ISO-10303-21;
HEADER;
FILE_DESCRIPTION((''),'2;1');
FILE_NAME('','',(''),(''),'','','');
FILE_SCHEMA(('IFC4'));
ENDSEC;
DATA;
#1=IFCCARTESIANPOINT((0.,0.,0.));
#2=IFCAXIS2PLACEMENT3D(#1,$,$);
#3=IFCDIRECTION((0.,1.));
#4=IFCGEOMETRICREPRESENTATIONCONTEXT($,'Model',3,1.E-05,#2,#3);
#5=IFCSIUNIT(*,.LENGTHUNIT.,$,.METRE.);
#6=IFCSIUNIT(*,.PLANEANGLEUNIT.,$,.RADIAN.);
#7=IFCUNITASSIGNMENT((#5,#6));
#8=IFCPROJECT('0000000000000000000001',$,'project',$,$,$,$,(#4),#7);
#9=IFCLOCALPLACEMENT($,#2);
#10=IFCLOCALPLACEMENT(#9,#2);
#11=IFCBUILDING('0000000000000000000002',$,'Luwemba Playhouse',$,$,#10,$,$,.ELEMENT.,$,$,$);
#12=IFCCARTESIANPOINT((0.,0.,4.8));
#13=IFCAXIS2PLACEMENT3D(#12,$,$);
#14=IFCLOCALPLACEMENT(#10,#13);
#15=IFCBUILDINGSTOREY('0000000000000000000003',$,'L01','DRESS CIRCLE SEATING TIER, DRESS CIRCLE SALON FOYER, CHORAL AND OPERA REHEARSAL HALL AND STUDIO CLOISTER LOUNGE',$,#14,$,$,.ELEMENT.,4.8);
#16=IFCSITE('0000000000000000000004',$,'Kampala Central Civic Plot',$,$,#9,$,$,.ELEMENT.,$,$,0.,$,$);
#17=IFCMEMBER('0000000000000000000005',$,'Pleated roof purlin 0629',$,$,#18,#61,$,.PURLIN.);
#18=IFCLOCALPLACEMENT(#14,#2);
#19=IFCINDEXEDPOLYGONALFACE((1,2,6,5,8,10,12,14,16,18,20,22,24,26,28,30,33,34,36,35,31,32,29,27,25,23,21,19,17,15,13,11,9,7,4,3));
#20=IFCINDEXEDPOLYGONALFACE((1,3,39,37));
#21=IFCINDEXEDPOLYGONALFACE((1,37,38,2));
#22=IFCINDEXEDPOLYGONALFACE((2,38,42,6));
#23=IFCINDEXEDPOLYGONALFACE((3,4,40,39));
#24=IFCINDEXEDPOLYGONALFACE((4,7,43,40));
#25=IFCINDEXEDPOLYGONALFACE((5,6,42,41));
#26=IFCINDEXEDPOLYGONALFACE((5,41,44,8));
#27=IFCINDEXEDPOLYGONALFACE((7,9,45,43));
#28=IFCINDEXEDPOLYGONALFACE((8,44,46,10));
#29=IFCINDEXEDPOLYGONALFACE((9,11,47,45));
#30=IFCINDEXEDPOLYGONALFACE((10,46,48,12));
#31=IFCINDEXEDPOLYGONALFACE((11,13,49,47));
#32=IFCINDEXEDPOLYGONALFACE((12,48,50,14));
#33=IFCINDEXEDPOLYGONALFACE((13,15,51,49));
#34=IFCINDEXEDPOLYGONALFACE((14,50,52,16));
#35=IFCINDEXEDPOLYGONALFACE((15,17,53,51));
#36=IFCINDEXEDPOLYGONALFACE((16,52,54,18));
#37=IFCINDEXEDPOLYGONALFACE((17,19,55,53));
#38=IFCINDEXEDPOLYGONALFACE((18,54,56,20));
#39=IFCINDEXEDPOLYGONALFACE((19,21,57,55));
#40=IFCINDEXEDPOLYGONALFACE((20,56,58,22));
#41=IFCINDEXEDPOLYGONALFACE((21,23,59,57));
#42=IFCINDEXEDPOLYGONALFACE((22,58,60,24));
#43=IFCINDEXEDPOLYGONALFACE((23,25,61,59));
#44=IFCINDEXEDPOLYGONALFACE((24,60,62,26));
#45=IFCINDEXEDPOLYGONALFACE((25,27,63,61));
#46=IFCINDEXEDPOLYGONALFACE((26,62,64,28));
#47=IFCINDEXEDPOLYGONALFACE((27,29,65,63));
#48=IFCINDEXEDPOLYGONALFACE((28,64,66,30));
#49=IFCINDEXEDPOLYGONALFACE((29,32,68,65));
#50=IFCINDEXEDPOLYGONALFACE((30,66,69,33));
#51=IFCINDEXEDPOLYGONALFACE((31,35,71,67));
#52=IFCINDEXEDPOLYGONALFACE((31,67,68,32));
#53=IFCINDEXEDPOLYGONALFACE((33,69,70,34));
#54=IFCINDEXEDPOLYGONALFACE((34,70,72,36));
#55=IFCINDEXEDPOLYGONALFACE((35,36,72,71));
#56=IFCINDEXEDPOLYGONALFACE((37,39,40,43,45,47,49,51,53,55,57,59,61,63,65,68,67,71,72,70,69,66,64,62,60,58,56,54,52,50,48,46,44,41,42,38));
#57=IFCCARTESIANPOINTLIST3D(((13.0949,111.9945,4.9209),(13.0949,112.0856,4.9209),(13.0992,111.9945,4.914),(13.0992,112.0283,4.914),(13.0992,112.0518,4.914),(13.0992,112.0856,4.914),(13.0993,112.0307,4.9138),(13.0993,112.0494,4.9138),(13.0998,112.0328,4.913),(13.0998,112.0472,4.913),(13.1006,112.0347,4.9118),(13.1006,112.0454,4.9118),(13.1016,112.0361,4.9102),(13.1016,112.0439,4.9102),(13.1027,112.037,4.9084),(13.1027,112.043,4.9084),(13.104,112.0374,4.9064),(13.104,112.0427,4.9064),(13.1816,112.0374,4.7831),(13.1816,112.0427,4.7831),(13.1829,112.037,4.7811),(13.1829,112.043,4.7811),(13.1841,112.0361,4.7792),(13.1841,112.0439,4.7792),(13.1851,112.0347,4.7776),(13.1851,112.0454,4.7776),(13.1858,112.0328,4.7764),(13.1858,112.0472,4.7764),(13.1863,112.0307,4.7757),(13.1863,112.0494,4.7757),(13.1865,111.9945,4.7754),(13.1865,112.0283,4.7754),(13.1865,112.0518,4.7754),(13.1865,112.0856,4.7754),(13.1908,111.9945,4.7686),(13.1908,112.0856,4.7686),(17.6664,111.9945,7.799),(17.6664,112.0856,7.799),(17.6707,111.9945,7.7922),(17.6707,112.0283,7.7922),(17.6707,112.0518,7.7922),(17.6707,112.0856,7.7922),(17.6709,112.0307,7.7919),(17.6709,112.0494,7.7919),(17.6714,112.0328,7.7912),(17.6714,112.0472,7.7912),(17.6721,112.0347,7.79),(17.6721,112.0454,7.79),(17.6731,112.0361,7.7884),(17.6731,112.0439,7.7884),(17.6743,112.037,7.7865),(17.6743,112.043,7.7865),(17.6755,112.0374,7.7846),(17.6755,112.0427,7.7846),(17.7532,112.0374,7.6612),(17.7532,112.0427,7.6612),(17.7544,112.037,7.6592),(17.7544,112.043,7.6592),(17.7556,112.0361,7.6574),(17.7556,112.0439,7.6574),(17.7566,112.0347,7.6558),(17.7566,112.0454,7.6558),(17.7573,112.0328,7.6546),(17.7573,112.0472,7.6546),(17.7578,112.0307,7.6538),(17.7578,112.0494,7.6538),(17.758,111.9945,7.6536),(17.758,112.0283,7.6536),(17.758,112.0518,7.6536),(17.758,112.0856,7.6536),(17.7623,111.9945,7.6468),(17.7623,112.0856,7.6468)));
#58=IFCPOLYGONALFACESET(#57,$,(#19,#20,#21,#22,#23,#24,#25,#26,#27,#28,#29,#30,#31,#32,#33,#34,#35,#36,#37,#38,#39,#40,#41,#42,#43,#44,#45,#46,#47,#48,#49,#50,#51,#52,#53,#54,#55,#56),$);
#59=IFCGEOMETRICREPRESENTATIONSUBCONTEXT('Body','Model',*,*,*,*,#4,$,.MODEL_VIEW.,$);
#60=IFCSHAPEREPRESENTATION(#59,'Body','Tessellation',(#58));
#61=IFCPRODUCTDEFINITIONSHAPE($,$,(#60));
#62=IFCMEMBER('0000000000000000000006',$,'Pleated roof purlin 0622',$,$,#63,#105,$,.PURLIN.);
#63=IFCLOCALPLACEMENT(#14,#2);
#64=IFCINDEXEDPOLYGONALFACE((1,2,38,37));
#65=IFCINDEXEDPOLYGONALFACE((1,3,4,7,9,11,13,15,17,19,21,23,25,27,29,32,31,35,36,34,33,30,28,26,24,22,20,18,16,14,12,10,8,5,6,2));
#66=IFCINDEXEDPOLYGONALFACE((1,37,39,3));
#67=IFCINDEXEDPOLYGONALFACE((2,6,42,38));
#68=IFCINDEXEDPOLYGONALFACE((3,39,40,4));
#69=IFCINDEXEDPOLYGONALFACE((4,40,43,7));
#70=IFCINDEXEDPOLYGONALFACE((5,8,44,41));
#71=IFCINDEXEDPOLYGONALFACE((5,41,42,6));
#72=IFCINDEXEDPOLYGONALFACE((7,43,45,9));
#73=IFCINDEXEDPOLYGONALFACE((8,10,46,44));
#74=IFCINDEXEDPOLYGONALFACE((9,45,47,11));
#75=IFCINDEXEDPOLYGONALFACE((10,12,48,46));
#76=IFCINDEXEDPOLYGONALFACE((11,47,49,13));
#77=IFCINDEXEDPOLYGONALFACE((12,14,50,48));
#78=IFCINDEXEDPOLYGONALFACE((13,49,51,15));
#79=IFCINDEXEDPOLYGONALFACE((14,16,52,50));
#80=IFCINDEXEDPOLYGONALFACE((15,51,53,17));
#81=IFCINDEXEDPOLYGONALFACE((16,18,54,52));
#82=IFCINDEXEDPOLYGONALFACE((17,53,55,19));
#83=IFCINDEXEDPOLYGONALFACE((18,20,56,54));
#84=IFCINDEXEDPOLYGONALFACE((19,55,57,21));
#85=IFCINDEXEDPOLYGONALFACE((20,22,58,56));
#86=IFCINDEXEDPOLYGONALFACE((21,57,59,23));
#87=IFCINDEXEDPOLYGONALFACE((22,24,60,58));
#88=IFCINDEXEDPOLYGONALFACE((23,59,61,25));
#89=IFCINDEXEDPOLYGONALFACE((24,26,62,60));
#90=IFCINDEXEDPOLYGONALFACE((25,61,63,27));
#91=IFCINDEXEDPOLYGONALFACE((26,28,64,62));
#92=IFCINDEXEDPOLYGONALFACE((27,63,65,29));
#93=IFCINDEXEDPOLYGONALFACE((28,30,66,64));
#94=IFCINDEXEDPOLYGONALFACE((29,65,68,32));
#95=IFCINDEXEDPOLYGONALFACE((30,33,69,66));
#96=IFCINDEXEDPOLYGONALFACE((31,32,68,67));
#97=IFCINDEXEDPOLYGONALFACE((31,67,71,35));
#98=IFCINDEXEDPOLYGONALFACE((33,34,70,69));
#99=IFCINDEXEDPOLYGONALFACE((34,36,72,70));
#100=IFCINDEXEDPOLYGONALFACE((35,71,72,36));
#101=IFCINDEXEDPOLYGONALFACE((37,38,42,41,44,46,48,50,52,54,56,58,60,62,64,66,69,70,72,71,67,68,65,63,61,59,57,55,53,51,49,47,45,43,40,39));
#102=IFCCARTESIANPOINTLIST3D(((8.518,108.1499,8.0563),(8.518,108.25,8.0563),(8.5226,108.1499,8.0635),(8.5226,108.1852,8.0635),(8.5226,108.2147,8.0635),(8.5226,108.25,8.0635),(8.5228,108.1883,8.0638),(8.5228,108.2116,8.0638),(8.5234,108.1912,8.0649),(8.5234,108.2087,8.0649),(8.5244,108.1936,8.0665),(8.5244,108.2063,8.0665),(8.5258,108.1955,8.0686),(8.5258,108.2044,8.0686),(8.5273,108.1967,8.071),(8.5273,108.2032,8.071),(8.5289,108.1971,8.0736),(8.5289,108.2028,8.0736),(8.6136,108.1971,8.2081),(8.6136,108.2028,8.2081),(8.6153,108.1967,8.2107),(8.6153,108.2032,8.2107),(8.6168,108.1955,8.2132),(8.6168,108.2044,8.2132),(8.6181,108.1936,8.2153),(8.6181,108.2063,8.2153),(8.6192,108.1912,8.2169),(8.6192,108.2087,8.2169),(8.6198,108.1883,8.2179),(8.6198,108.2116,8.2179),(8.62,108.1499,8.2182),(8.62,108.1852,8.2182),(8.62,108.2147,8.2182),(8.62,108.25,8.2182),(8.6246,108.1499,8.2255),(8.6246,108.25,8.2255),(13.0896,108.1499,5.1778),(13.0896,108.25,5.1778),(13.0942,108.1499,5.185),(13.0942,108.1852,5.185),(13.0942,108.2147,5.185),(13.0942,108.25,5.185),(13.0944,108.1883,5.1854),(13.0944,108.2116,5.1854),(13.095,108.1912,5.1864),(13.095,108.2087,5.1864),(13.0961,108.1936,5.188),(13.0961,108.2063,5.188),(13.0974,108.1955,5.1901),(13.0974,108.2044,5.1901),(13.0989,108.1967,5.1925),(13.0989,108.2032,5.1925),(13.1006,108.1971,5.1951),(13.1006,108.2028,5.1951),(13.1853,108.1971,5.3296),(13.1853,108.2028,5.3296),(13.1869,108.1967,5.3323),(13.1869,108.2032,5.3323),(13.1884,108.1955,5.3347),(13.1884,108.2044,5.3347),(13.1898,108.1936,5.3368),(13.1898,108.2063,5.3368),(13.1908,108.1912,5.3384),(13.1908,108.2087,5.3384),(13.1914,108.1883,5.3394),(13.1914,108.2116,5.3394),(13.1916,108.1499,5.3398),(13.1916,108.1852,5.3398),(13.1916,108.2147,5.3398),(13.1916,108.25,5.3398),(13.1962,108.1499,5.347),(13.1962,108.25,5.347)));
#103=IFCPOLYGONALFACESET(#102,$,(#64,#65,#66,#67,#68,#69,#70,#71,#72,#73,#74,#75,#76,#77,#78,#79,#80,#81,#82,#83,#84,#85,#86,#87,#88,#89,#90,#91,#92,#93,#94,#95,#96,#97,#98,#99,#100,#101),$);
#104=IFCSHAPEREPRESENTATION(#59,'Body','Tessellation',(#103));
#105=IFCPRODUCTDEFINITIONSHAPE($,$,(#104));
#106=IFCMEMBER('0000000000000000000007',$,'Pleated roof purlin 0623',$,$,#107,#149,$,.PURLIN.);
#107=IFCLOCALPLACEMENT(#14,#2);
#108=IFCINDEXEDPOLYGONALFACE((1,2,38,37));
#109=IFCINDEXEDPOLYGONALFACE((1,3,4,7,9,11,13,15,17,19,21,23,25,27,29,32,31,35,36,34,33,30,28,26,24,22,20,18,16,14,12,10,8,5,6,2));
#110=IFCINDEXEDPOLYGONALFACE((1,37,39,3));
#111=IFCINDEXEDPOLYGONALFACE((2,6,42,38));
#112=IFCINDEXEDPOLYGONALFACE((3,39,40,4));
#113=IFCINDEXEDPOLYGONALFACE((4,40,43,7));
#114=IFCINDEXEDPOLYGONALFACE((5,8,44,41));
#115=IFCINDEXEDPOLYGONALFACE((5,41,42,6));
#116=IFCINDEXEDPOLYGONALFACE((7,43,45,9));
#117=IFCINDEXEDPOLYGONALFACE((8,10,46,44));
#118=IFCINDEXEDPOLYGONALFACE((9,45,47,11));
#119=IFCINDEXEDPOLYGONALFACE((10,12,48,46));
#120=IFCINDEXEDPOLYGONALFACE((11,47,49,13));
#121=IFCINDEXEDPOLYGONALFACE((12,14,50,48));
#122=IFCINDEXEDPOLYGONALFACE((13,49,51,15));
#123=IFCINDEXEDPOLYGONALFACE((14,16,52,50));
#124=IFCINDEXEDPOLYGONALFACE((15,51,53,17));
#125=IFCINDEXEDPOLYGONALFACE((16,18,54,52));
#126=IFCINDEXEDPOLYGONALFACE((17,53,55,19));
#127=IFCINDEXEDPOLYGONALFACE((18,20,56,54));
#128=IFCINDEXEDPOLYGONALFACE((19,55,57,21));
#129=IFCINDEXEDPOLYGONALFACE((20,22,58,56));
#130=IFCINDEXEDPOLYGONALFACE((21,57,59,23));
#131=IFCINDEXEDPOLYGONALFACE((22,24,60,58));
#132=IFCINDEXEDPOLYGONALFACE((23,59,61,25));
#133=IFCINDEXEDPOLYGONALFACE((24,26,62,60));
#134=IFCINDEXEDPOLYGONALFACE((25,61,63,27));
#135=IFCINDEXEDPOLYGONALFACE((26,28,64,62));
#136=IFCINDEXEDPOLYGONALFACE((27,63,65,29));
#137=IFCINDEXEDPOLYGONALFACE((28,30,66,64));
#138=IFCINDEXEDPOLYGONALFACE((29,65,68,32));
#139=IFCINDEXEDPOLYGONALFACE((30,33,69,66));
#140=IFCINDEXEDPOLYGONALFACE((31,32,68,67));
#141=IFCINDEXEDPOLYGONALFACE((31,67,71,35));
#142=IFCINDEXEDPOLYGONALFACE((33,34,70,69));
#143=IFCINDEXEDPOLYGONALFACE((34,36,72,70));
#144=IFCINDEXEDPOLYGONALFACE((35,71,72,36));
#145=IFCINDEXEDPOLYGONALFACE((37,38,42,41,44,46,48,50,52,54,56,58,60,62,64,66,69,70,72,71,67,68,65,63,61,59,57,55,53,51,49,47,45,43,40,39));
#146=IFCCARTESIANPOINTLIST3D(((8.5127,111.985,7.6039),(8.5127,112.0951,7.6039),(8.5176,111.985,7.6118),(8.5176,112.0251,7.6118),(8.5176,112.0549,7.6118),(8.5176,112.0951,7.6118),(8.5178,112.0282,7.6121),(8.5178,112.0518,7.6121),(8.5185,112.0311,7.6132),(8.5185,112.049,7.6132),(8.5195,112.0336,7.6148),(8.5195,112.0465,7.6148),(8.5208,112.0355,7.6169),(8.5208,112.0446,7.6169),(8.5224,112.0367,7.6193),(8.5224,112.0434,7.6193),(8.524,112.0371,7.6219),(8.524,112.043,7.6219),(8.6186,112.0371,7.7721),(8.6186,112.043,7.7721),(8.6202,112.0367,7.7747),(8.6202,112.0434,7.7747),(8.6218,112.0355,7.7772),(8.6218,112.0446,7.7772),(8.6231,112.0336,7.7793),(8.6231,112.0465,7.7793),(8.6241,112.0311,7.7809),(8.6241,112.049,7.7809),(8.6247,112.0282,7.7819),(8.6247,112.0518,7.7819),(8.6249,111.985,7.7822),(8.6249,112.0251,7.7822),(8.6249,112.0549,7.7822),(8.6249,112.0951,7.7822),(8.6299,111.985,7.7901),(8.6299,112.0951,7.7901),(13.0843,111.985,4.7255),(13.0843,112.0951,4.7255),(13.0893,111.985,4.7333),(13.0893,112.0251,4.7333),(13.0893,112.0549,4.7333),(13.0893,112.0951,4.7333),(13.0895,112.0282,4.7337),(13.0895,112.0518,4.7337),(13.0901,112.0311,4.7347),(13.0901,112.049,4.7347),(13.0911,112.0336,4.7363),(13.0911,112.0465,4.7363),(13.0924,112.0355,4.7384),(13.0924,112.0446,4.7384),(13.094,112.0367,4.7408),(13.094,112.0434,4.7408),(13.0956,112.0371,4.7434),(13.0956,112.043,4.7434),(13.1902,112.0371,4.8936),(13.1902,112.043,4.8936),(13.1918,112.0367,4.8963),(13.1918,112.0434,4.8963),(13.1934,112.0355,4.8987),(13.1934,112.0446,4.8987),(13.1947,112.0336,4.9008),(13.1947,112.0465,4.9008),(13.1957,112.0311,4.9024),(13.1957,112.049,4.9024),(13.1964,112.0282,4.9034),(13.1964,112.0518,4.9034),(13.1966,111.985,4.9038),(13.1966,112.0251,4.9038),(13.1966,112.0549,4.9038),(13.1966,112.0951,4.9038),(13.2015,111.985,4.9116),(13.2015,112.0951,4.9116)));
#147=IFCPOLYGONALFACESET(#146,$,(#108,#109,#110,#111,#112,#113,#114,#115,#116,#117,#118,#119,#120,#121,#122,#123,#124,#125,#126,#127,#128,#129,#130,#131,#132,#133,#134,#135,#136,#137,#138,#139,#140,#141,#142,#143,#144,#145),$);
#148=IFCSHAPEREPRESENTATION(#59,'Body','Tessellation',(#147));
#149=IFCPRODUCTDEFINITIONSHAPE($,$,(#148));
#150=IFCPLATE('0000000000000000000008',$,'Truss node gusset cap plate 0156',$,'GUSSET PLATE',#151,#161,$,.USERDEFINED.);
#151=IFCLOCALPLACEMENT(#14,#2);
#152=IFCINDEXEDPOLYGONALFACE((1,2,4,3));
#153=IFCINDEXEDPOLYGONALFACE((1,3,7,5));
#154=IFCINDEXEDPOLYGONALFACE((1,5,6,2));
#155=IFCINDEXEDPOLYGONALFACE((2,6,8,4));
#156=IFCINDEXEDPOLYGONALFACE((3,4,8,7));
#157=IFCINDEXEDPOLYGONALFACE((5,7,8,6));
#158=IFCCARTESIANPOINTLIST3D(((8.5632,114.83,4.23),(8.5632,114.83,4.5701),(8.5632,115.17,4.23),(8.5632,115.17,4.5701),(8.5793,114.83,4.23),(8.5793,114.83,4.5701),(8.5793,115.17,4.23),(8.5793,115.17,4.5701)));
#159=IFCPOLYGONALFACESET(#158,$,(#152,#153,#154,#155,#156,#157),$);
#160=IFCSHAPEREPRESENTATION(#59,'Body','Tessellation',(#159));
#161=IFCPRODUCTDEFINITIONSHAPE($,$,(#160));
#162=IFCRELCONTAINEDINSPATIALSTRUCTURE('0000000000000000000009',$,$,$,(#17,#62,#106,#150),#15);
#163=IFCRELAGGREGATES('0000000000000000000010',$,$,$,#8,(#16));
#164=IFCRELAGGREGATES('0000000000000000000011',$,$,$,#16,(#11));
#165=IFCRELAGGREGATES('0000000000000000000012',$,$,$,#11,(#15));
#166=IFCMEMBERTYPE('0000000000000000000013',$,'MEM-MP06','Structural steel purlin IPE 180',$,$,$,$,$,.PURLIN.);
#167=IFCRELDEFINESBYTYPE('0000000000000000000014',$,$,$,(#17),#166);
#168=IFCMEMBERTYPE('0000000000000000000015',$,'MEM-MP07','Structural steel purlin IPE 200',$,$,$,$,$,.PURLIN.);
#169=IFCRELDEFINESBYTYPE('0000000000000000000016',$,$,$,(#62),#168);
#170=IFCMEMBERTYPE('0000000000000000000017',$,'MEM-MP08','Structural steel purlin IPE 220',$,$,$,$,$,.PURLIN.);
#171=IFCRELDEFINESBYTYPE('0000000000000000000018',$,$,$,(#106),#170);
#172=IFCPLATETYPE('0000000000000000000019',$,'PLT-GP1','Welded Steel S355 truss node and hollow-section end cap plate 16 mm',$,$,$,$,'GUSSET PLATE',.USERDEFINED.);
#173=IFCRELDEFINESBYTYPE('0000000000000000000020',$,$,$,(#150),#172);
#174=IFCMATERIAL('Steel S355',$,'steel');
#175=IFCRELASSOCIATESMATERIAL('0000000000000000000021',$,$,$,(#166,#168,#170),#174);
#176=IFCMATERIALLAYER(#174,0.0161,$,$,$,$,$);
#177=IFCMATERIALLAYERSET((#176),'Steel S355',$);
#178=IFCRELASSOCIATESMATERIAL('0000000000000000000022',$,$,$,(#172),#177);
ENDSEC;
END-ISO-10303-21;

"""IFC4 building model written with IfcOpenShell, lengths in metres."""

from ifc_helpers import new_model, si_unit, direction, frame, origin, origin_2d, place, context, subcontext, project, spatial, rectangle, i_section, extrude, material, layer, layer_set, material_profile, profile_set, type_object, element, save


model = new_model("IFC4")

# Units and contexts
model_context = context("Model", 3, precision=1e-05, world=origin(), true_north=direction((0.0, 1.0)))
body_context = subcontext(model_context, "Body", "Model", "MODEL_VIEW")
ifc_project = project(units=[si_unit("LENGTHUNIT", "METRE"), si_unit("PLANEANGLEUNIT", "RADIAN")], contexts=[model_context])

# Site, building, storey
site_placement = place(None, origin())
site = spatial("IfcSite", under=ifc_project, at=site_placement, Name="Kampala Central Civic Plot", CompositionType="ELEMENT", RefElevation=0.0)
building_placement = place(site_placement, origin())
building = spatial("IfcBuilding", under=site, at=building_placement, Name="Luwemba Playhouse", CompositionType="ELEMENT")
storey_placement = place(building_placement, frame((0.0, 0.0, 4.8)))
storey = spatial("IfcBuildingStorey", under=building, at=storey_placement, Name="L01", Description="DRESS CIRCLE SEATING TIER, DRESS CIRCLE SALON FOYER, CHORAL AND OPERA REHEARSAL HALL AND STUDIO CLOISTER LOUNGE", CompositionType="ELEMENT", Elevation=4.8)

# Shared definitions
ifc_material_1 = material(Name="Steel S355", Category="steel")

# Members
ifc_material_profile_1 = material_profile(ifc_material_1, i_section(OverallWidth=0.0911, OverallDepth=0.1799, WebThickness=0.0054, FlangeThickness=0.0081, FilletRadius=0.009, at=origin_2d()))
ifc_profile_set_1 = profile_set([ifc_material_profile_1], Name="Steel S355")
member_type_1 = type_object("IfcMemberType", Name="MEM-MP06", Description="Structural steel purlin IPE 180", PredefinedType="PURLIN", material=ifc_profile_set_1)
member_1_placement = place(storey_placement, frame((13.1428, 112.04, 4.8447), z_axis=(0.846249, 0.0, 0.532787), x_axis=(0.0, 1.0, 0.0)))
element("IfcMember", 1, at=member_1_placement, inside=storey, type_object=member_type_1, Name="Pleated roof purlin 0629", PredefinedType="PURLIN", context=body_context, shape_type="SweptSolid", body=[
    extrude(i_section(OverallWidth=0.0911, OverallDepth=0.1799, WebThickness=0.0054, FlangeThickness=0.0081, FilletRadius=0.009, at=origin_2d()), origin(), (0.0, 0.0, 1.0), 5.4021),
])
ifc_material_profile_2 = material_profile(ifc_material_1, i_section(OverallWidth=0.1001, OverallDepth=0.2, WebThickness=0.0056, FlangeThickness=0.0085, FilletRadius=0.012, at=origin_2d()))
ifc_profile_set_2 = profile_set([ifc_material_profile_2], Name="Steel S355")
member_type_2 = type_object("IfcMemberType", Name="MEM-MP07", Description="Structural steel purlin IPE 200", PredefinedType="PURLIN", material=ifc_profile_set_2)
member_2_placement = place(storey_placement, frame((8.5713, 108.2, 8.1409), z_axis=(0.846229, 0.0, -0.532819), x_axis=(0.0, 1.0, 0.0)))
element("IfcMember", 2, at=member_2_placement, inside=storey, type_object=member_type_2, Name="Pleated roof purlin 0622", PredefinedType="PURLIN", context=body_context, shape_type="SweptSolid", body=[
    extrude(i_section(OverallWidth=0.1001, OverallDepth=0.2, WebThickness=0.0056, FlangeThickness=0.0085, FilletRadius=0.012, at=origin_2d()), origin(), (0.0, 0.0, 1.0), 5.4023),
])
ifc_material_profile_3 = material_profile(ifc_material_1, i_section(OverallWidth=0.1101, OverallDepth=0.22, WebThickness=0.0059, FlangeThickness=0.0093, FilletRadius=0.012, at=origin_2d()))
ifc_profile_set_3 = profile_set([ifc_material_profile_3], Name="Steel S355")
member_type_3 = type_object("IfcMemberType", Name="MEM-MP08", Description="Structural steel purlin IPE 220", PredefinedType="PURLIN", material=ifc_profile_set_3)
member_3_placement = place(storey_placement, frame((8.5713, 112.04, 7.697), z_axis=(0.846229, 0.0, -0.532819), x_axis=(0.0, 1.0, 0.0)))
element("IfcMember", 3, at=member_3_placement, inside=storey, type_object=member_type_3, Name="Pleated roof purlin 0623", PredefinedType="PURLIN", context=body_context, shape_type="SweptSolid", body=[
    extrude(i_section(OverallWidth=0.1101, OverallDepth=0.22, WebThickness=0.0059, FlangeThickness=0.0093, FilletRadius=0.012, at=origin_2d()), origin(), (0.0, 0.0, 1.0), 5.4023),
])

# Plate
ifc_layer_1 = layer(ifc_material_1, 0.0161)
ifc_layer_set_1 = layer_set([ifc_layer_1], Name="Steel S355")
plate_type = type_object("IfcPlateType", Name="PLT-GP1", Description="Welded Steel S355 truss node and hollow-section end cap plate 16 mm", ElementType="GUSSET PLATE", PredefinedType="USERDEFINED", material=ifc_layer_set_1)
plate_placement = place(storey_placement, frame((8.5713, 115.0, 4.23), z_axis=(0.0, 0.0, 1.0), x_axis=(1.0, 0.0, 0.0)))
element("IfcPlate", 4, at=plate_placement, inside=storey, type_object=plate_type, Name="Truss node gusset cap plate 0156", ObjectType="GUSSET PLATE", PredefinedType="USERDEFINED", context=body_context, shape_type="SweptSolid", body=[
    extrude(rectangle(XDim=0.0161, YDim=0.3401, at=origin_2d()), origin(), (0.0, 0.0, 1.0), 0.3401),
])

save(model, "model.ifc")
